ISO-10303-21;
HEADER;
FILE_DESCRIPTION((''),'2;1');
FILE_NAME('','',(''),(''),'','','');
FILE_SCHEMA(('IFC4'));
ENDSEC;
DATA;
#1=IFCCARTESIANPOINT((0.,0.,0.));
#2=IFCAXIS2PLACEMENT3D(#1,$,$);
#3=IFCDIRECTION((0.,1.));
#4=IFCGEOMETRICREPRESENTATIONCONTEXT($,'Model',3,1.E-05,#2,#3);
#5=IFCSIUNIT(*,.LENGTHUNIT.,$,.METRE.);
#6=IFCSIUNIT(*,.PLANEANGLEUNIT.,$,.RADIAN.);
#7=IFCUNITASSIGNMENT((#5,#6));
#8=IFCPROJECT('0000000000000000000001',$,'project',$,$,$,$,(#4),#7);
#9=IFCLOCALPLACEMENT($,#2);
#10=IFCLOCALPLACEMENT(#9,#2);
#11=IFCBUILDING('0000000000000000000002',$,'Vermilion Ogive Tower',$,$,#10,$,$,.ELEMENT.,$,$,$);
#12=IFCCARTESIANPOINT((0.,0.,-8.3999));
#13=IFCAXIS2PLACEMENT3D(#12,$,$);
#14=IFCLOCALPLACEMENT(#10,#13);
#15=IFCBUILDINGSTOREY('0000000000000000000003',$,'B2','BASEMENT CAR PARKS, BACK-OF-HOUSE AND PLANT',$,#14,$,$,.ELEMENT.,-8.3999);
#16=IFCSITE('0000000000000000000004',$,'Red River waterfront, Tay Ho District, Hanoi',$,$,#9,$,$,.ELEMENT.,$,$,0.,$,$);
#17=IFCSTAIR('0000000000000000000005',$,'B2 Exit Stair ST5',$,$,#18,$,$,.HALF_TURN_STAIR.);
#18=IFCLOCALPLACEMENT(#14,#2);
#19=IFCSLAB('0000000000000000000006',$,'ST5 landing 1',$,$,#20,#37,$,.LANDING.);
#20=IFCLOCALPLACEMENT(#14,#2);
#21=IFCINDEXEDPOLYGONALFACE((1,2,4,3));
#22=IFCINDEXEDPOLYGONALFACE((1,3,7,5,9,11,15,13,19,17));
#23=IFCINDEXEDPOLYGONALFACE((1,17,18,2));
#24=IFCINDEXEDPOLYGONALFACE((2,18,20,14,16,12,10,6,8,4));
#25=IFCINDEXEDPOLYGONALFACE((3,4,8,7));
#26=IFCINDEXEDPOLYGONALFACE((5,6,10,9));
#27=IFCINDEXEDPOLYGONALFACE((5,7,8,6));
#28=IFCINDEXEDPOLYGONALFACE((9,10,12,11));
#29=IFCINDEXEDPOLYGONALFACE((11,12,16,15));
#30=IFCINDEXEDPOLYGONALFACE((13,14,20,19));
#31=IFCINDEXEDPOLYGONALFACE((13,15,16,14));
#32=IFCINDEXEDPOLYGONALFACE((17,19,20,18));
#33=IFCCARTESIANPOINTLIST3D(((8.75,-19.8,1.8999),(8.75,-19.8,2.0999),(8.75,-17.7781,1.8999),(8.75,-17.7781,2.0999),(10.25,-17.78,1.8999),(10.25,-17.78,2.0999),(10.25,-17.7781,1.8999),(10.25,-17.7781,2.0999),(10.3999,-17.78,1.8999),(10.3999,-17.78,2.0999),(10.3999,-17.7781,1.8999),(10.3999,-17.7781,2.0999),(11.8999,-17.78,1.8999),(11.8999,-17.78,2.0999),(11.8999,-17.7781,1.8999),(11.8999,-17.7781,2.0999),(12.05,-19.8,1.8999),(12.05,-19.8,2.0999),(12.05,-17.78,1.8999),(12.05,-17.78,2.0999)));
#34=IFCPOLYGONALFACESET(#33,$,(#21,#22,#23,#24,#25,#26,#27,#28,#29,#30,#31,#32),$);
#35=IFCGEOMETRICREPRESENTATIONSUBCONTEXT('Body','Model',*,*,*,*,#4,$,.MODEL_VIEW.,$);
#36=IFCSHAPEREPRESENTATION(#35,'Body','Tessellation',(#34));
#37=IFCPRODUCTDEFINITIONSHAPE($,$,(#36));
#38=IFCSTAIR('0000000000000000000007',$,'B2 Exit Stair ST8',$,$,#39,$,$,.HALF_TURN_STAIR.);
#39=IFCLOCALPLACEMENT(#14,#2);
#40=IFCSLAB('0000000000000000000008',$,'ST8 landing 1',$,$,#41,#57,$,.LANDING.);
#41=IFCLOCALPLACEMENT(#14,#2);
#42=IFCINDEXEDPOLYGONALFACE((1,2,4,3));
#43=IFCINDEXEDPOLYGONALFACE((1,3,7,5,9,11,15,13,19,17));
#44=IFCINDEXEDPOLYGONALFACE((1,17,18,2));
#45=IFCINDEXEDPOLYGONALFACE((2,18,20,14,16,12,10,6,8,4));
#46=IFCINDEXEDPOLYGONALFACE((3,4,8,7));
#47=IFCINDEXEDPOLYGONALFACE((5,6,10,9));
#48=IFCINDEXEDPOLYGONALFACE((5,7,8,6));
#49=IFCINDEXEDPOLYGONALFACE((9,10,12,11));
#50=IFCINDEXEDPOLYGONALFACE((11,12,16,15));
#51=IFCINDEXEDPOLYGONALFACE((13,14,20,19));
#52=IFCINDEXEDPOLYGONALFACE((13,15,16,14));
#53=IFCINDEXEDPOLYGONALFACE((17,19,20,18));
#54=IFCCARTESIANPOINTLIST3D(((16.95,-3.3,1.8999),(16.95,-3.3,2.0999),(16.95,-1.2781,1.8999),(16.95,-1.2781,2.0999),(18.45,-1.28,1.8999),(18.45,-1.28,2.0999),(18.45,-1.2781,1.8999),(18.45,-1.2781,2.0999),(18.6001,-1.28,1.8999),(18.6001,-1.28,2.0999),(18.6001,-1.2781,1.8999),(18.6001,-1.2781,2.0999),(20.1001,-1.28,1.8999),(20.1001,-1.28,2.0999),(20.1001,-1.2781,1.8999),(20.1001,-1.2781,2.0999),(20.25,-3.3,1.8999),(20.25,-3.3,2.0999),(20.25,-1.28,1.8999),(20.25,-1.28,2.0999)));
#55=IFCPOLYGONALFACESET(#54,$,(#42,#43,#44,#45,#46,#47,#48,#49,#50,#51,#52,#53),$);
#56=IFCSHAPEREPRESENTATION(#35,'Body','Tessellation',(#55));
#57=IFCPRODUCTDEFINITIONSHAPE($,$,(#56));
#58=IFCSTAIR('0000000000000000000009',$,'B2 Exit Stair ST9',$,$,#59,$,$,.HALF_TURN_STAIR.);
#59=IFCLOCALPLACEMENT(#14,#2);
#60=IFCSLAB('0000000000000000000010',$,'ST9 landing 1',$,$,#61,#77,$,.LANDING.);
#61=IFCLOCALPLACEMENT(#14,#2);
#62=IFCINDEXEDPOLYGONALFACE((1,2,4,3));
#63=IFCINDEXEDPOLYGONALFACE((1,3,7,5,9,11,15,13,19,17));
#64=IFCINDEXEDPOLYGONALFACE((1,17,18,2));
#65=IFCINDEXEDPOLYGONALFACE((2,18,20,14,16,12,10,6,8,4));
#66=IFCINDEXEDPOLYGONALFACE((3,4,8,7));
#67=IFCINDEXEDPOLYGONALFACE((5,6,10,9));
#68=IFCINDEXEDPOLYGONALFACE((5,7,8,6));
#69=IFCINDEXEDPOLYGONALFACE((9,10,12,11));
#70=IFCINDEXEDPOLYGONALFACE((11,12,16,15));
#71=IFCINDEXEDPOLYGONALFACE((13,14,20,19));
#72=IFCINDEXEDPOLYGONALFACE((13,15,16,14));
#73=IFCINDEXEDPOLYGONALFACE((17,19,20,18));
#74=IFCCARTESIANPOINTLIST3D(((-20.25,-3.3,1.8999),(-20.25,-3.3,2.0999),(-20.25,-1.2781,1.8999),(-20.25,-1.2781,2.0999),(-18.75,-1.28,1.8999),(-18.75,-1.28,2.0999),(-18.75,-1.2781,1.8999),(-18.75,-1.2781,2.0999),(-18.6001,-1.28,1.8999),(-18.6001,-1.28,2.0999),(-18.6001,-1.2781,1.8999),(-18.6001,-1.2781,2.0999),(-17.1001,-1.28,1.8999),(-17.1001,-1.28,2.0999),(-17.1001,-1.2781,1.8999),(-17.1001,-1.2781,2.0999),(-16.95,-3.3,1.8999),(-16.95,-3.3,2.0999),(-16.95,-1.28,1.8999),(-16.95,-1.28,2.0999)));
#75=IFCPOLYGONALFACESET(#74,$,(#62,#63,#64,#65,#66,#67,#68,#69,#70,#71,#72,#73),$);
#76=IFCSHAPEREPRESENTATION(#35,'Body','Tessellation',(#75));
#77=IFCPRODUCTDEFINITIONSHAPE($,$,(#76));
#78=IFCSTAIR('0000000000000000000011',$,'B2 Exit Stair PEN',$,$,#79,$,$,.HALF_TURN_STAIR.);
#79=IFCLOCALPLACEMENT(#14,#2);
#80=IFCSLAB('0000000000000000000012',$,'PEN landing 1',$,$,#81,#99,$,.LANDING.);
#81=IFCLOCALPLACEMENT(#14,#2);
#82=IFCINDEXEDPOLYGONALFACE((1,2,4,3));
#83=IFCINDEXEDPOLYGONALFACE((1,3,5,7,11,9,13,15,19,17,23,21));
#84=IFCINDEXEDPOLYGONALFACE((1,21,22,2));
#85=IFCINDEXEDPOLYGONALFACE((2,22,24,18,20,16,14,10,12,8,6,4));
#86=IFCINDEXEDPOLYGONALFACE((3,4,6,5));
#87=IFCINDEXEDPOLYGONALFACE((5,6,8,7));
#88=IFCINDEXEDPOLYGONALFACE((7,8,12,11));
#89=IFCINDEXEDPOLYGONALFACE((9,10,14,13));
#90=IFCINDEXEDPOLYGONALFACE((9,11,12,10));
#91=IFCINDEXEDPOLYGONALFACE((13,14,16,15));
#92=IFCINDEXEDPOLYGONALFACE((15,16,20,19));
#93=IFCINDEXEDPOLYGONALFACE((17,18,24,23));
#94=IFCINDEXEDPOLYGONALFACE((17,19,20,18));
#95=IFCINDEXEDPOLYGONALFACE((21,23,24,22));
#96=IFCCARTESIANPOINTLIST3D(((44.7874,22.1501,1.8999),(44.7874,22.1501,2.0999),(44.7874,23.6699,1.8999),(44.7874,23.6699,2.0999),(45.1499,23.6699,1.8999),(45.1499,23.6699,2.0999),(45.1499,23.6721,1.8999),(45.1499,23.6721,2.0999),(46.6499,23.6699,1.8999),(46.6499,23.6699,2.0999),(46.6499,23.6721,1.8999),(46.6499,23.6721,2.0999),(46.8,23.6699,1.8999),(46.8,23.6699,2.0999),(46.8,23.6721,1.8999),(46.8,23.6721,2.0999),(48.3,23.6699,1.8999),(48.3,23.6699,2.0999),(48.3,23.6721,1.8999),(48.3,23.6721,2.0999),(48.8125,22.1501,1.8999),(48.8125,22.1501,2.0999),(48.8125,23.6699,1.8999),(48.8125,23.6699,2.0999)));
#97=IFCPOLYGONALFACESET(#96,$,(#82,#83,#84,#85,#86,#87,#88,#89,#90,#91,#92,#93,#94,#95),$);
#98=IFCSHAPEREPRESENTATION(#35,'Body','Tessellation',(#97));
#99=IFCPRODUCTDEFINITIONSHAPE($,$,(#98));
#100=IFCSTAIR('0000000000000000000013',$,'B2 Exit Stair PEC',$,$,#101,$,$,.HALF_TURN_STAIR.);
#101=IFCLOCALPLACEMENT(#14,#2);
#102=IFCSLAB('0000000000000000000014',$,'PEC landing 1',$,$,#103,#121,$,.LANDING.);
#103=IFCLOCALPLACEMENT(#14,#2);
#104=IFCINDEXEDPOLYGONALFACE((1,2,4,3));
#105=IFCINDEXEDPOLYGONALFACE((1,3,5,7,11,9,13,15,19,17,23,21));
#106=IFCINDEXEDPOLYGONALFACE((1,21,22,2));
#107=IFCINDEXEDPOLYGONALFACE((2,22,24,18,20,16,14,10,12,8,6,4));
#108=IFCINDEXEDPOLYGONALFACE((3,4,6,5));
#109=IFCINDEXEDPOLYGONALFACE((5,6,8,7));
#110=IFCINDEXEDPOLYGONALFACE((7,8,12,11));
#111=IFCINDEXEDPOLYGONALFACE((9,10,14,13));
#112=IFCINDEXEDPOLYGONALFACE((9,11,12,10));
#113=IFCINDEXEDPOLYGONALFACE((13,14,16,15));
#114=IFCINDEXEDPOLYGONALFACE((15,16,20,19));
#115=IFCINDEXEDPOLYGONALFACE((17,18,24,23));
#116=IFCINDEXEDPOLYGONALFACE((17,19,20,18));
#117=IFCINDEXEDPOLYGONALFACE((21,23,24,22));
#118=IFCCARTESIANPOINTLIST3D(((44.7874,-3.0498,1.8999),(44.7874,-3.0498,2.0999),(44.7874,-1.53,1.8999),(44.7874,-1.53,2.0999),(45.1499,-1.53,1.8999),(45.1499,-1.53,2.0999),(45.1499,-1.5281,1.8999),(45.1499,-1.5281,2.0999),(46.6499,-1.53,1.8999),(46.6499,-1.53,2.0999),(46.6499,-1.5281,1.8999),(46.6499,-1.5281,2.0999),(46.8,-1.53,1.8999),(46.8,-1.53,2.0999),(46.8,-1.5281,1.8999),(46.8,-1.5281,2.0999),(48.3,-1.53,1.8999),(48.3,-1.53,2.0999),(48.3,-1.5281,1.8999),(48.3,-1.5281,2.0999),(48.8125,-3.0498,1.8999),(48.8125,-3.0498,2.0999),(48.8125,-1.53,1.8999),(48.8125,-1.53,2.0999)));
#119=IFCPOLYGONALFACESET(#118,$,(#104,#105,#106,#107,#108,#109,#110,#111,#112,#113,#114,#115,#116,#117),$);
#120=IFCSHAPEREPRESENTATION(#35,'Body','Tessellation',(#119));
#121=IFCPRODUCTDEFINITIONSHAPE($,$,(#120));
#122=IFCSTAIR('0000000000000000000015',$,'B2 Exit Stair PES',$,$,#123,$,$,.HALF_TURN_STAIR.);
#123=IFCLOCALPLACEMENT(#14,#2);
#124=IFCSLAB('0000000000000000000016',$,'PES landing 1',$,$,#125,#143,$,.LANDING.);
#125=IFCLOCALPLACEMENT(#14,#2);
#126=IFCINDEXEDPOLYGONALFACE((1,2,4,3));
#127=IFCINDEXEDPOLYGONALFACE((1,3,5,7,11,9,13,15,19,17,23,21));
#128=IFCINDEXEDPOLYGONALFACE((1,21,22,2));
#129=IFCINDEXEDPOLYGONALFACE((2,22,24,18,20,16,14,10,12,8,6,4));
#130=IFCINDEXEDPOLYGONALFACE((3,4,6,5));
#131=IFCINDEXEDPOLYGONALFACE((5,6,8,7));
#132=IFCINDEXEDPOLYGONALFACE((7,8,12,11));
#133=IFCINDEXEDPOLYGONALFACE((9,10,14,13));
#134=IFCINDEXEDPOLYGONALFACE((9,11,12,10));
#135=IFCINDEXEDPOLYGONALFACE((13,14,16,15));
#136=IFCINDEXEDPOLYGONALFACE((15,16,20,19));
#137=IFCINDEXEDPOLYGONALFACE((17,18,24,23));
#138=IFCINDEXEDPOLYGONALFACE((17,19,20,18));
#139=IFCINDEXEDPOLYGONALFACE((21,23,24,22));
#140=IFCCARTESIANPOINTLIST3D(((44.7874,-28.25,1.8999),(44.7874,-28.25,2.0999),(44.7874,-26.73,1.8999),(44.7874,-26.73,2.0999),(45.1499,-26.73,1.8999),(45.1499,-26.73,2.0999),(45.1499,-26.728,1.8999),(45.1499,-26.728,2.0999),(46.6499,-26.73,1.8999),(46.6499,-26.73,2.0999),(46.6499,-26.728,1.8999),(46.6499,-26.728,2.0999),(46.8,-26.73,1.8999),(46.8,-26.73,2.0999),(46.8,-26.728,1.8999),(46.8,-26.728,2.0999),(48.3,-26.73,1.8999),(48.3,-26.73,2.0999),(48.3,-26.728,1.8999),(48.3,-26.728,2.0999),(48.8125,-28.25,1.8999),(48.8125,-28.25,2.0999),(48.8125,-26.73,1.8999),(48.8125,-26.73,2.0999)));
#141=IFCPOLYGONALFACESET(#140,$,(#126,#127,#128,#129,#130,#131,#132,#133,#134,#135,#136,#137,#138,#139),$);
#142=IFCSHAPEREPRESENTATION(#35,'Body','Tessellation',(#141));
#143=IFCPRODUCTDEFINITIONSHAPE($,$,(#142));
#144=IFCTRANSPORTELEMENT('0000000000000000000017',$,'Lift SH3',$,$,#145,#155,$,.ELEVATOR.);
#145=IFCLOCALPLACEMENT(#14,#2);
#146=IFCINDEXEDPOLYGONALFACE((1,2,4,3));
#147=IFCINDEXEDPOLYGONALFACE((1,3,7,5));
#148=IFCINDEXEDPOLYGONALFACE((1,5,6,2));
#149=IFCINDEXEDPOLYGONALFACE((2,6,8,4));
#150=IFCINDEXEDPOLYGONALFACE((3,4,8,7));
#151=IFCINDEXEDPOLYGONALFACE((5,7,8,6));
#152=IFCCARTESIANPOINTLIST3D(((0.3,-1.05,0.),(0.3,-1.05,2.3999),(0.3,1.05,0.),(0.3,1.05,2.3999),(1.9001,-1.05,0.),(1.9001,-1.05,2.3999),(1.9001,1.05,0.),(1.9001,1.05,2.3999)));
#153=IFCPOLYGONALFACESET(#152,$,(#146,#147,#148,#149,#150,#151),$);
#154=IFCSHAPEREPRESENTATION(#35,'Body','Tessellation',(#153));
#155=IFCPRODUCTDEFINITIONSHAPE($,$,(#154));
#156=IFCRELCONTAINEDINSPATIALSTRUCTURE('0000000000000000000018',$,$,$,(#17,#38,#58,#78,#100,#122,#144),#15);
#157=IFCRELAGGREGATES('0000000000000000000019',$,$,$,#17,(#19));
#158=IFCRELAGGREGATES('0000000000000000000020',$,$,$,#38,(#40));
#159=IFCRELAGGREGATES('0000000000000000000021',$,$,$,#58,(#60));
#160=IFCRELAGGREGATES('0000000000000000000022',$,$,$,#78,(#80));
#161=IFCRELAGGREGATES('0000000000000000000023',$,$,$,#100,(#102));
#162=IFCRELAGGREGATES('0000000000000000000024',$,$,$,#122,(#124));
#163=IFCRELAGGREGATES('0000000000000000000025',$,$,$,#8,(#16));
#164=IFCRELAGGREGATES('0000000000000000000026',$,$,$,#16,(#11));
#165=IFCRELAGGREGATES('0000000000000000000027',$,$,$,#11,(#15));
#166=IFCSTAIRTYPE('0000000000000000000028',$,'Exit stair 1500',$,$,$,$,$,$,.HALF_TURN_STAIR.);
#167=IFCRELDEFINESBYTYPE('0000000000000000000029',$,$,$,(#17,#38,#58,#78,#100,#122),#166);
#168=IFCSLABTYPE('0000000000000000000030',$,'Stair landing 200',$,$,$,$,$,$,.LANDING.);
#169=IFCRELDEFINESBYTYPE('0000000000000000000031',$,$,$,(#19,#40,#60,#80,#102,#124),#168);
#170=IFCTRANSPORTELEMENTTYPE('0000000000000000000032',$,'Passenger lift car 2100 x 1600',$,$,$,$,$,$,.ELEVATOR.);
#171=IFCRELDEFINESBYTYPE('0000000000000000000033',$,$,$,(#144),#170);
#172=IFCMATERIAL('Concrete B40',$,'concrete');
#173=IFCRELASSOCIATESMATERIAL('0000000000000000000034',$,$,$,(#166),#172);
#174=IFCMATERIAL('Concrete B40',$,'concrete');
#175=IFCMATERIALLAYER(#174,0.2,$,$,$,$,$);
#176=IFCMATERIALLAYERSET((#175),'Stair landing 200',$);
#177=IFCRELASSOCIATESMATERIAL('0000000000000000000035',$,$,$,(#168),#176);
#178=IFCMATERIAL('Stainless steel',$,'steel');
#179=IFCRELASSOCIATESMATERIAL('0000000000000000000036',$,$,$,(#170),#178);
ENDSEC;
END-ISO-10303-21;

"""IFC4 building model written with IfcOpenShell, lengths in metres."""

from ifc_helpers import new_model, si_unit, direction, frame, origin, origin_2d, place, context, subcontext, project, spatial, polyline, rectangle, outline, extrude, material, layer, layer_set, type_object, element, aggregate, save


model = new_model("IFC4")

# Units and contexts
model_context = context("Model", 3, precision=1e-05, world=origin(), true_north=direction((0.0, 1.0)))
body_context = subcontext(model_context, "Body", "Model", "MODEL_VIEW")
ifc_project = project(units=[si_unit("LENGTHUNIT", "METRE"), si_unit("PLANEANGLEUNIT", "RADIAN")], contexts=[model_context])

# Site, building, storey
site_placement = place(None, origin())
site = spatial("IfcSite", under=ifc_project, at=site_placement, Name="Red River waterfront, Tay Ho District, Hanoi", CompositionType="ELEMENT", RefElevation=0.0)
building_placement = place(site_placement, origin())
building = spatial("IfcBuilding", under=site, at=building_placement, Name="Vermilion Ogive Tower", CompositionType="ELEMENT")
storey_placement = place(building_placement, frame((0.0, 0.0, -8.3999)))
storey = spatial("IfcBuildingStorey", under=building, at=storey_placement, Name="B2", Description="BASEMENT CAR PARKS, BACK-OF-HOUSE AND PLANT", CompositionType="ELEMENT", Elevation=-8.3999)

# Stairs, slabs
ifc_material_1 = material(Name="Concrete B40", Category="concrete")
stair_type = type_object("IfcStairType", Name="Exit stair 1500", PredefinedType="HALF_TURN_STAIR", material=ifc_material_1)
ifc_material_2 = material(Name="Concrete B40", Category="concrete")
ifc_layer_1 = layer(ifc_material_2, 0.2)
ifc_layer_set_1 = layer_set([ifc_layer_1], Name="Stair landing 200")
slab_type_1 = type_object("IfcSlabType", Name="Stair landing 200", PredefinedType="LANDING", material=ifc_layer_set_1)
stair_1_placement = place(storey_placement, origin())
stair_1 = element("IfcStair", 1, at=stair_1_placement, inside=storey, type_object=stair_type, Name="B2 Exit Stair ST5", PredefinedType="HALF_TURN_STAIR")
slab_1_placement = place(storey_placement, frame((0.0, 0.0, 1.8999)))
slab_1 = element("IfcSlab", 2, at=slab_1_placement, type_object=slab_type_1, Name="ST5 landing 1", PredefinedType="LANDING", context=body_context, shape_type="SweptSolid", body=[
    extrude(outline(polyline([(12.05, -17.78), (11.8999, -17.78), (11.8999, -17.7781), (10.3999, -17.7781), (10.3999, -17.78), (10.25, -17.78), (10.25, -17.7781), (8.75, -17.7781), (8.75, -19.8), (12.05, -19.8), (12.05, -17.78)])), origin(), (0.0, 0.0, 1.0), 0.2),
])
aggregate(stair_1, [slab_1])
stair_2_placement = place(storey_placement, origin())
stair_2 = element("IfcStair", 3, at=stair_2_placement, inside=storey, type_object=stair_type, Name="B2 Exit Stair ST8", PredefinedType="HALF_TURN_STAIR")
slab_2_placement = place(storey_placement, frame((0.0, 0.0, 1.8999)))
slab_2 = element("IfcSlab", 4, at=slab_2_placement, type_object=slab_type_1, Name="ST8 landing 1", PredefinedType="LANDING", context=body_context, shape_type="SweptSolid", body=[
    extrude(outline(polyline([(20.25, -1.28), (20.1001, -1.28), (20.1001, -1.2781), (18.6001, -1.2781), (18.6001, -1.28), (18.45, -1.28), (18.45, -1.2781), (16.95, -1.2781), (16.95, -3.3), (20.25, -3.3), (20.25, -1.28)])), origin(), (0.0, 0.0, 1.0), 0.2),
])
aggregate(stair_2, [slab_2])
stair_3_placement = place(storey_placement, origin())
stair_3 = element("IfcStair", 5, at=stair_3_placement, inside=storey, type_object=stair_type, Name="B2 Exit Stair ST9", PredefinedType="HALF_TURN_STAIR")
slab_3_placement = place(storey_placement, frame((0.0, 0.0, 1.8999)))
slab_3 = element("IfcSlab", 6, at=slab_3_placement, type_object=slab_type_1, Name="ST9 landing 1", PredefinedType="LANDING", context=body_context, shape_type="SweptSolid", body=[
    extrude(outline(polyline([(-16.95, -1.28), (-17.1001, -1.28), (-17.1001, -1.2781), (-18.6001, -1.2781), (-18.6001, -1.28), (-18.75, -1.28), (-18.75, -1.2781), (-20.25, -1.2781), (-20.25, -3.3), (-16.95, -3.3), (-16.95, -1.28)])), origin(), (0.0, 0.0, 1.0), 0.2),
])
aggregate(stair_3, [slab_3])
stair_4_placement = place(storey_placement, origin())
stair_4 = element("IfcStair", 7, at=stair_4_placement, inside=storey, type_object=stair_type, Name="B2 Exit Stair PEN", PredefinedType="HALF_TURN_STAIR")
slab_4_placement = place(storey_placement, frame((0.0, 0.0, 1.8999)))
slab_4 = element("IfcSlab", 8, at=slab_4_placement, type_object=slab_type_1, Name="PEN landing 1", PredefinedType="LANDING", context=body_context, shape_type="SweptSolid", body=[
    extrude(outline(polyline([(48.8125, 23.6699), (48.3, 23.6699), (48.3, 23.6721), (46.8, 23.6721), (46.8, 23.6699), (46.6499, 23.6699), (46.6499, 23.6721), (45.1499, 23.6721), (45.1499, 23.6699), (44.7874, 23.6699), (44.7874, 22.1501), (48.8125, 22.1501), (48.8125, 23.6699)])), origin(), (0.0, 0.0, 1.0), 0.2),
])
aggregate(stair_4, [slab_4])
stair_5_placement = place(storey_placement, origin())
stair_5 = element("IfcStair", 9, at=stair_5_placement, inside=storey, type_object=stair_type, Name="B2 Exit Stair PEC", PredefinedType="HALF_TURN_STAIR")
slab_5_placement = place(storey_placement, frame((0.0, 0.0, 1.8999)))
slab_5 = element("IfcSlab", 10, at=slab_5_placement, type_object=slab_type_1, Name="PEC landing 1", PredefinedType="LANDING", context=body_context, shape_type="SweptSolid", body=[
    extrude(outline(polyline([(48.8125, -1.53), (48.3, -1.53), (48.3, -1.5281), (46.8, -1.5281), (46.8, -1.53), (46.6499, -1.53), (46.6499, -1.5281), (45.1499, -1.5281), (45.1499, -1.53), (44.7874, -1.53), (44.7874, -3.0498), (48.8125, -3.0498), (48.8125, -1.53)])), origin(), (0.0, 0.0, 1.0), 0.2),
])
aggregate(stair_5, [slab_5])
stair_6_placement = place(storey_placement, origin())
stair_6 = element("IfcStair", 11, at=stair_6_placement, inside=storey, type_object=stair_type, Name="B2 Exit Stair PES", PredefinedType="HALF_TURN_STAIR")
slab_6_placement = place(storey_placement, frame((0.0, 0.0, 1.8999)))
slab_6 = element("IfcSlab", 12, at=slab_6_placement, type_object=slab_type_1, Name="PES landing 1", PredefinedType="LANDING", context=body_context, shape_type="SweptSolid", body=[
    extrude(outline(polyline([(48.8125, -26.73), (48.3, -26.73), (48.3, -26.728), (46.8, -26.728), (46.8, -26.73), (46.6499, -26.73), (46.6499, -26.728), (45.1499, -26.728), (45.1499, -26.73), (44.7874, -26.73), (44.7874, -28.25), (48.8125, -28.25), (48.8125, -26.73)])), origin(), (0.0, 0.0, 1.0), 0.2),
])
aggregate(stair_6, [slab_6])

# Transport element
ifc_material_3 = material(Name="Stainless steel", Category="steel")
transport_element_type = type_object("IfcTransportElementType", Name="Passenger lift car 2100 x 1600", PredefinedType="ELEVATOR", material=ifc_material_3)
transport_element_placement = place(storey_placement, frame((1.1001, 0.0, 0.0), z_axis=(0.0, 0.0, 1.0), x_axis=(1.0, 0.0, 0.0)))
element("IfcTransportElement", 13, at=transport_element_placement, inside=storey, type_object=transport_element_type, Name="Lift SH3", PredefinedType="ELEVATOR", context=body_context, shape_type="SweptSolid", body=[
    extrude(rectangle(XDim=1.6001, YDim=2.1001, at=origin_2d()), origin(), (0.0, 0.0, 1.0), 2.3999),
])

save(model, "model.ifc")
